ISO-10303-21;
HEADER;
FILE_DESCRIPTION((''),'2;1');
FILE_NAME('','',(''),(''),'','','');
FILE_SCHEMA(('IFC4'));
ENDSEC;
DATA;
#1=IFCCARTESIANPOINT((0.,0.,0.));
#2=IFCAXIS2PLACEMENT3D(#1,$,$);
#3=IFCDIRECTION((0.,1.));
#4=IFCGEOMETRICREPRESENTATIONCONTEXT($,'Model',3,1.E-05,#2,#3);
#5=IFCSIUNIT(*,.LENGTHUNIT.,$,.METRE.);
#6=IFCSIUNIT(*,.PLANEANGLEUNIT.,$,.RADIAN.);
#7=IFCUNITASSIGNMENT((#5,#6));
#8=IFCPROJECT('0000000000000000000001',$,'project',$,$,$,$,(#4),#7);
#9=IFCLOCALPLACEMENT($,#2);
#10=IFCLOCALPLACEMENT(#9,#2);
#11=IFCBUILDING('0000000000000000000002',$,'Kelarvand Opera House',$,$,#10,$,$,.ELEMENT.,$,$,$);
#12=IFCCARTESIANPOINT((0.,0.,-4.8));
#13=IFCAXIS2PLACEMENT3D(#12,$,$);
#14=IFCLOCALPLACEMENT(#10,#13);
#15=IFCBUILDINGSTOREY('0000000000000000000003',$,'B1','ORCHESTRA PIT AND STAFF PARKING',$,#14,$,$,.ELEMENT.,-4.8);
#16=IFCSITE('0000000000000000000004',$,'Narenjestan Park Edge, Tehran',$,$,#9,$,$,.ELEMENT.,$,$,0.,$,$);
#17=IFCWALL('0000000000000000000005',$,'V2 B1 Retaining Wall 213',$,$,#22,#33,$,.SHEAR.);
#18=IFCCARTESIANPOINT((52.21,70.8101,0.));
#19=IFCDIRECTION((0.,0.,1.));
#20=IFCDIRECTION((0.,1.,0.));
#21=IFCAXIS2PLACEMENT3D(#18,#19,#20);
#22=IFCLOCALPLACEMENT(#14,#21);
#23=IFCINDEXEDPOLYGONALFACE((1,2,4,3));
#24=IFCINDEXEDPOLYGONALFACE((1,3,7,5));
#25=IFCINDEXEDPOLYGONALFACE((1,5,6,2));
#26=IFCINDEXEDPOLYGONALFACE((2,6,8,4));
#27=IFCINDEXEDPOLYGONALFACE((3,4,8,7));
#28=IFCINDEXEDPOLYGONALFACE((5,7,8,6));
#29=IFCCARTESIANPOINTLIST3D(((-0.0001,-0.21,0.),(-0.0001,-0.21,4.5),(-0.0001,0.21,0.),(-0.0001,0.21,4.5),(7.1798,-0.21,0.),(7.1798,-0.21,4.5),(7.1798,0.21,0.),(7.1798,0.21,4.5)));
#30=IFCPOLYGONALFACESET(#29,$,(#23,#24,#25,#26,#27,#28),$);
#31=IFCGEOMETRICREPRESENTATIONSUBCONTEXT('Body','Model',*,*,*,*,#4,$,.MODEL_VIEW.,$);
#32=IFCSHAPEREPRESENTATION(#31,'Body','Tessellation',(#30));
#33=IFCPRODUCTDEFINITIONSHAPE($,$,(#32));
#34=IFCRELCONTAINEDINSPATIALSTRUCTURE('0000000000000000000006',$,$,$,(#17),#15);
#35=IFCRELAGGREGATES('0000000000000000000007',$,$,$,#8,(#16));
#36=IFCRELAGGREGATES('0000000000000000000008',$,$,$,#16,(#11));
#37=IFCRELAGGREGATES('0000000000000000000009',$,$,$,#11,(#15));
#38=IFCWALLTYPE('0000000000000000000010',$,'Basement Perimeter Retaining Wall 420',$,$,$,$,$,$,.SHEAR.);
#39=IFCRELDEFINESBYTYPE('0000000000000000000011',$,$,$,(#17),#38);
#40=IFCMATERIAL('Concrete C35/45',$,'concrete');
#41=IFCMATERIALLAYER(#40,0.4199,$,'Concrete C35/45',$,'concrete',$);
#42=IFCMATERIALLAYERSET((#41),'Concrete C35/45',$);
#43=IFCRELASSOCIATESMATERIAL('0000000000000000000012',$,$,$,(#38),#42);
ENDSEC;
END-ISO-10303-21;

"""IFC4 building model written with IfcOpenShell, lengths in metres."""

from ifc_helpers import new_model, si_unit, direction, frame, frame_2d, origin, place, context, subcontext, project, spatial, rectangle, extrude, material, layer, layer_set, type_object, element, save


model = new_model("IFC4")

# Units and contexts
model_context = context("Model", 3, precision=1e-05, world=origin(), true_north=direction((0.0, 1.0)))
body_context = subcontext(model_context, "Body", "Model", "MODEL_VIEW")
ifc_project = project(units=[si_unit("LENGTHUNIT", "METRE"), si_unit("PLANEANGLEUNIT", "RADIAN")], contexts=[model_context])

# Site, building, storey
site_placement = place(None, origin())
site = spatial("IfcSite", under=ifc_project, at=site_placement, Name="Narenjestan Park Edge, Tehran", CompositionType="ELEMENT", RefElevation=0.0)
building_placement = place(site_placement, origin())
building = spatial("IfcBuilding", under=site, at=building_placement, Name="Kelarvand Opera House", CompositionType="ELEMENT")
storey_placement = place(building_placement, frame((0.0, 0.0, -4.8)))
storey = spatial("IfcBuildingStorey", under=building, at=storey_placement, Name="B1", Description="ORCHESTRA PIT AND STAFF PARKING", CompositionType="ELEMENT", Elevation=-4.8)

# Shared definitions
ifc_material_1 = material(Name="Concrete C35/45", Category="concrete")

# Wall
ifc_layer_1 = layer(ifc_material_1, 0.4199, Name="Concrete C35/45", Category="concrete")
ifc_layer_set_1 = layer_set([ifc_layer_1], Name="Concrete C35/45")
wall_type_1 = type_object("IfcWallType", Name="Basement Perimeter Retaining Wall 420", PredefinedType="SHEAR", material=ifc_layer_set_1)
wall_1_placement = place(storey_placement, frame((52.21, 70.8101, 0.0), z_axis=(0.0, 0.0, 1.0), x_axis=(0.0, 1.0, 0.0)))
element("IfcWall", 1, at=wall_1_placement, inside=storey, type_object=wall_type_1, Name="V2 B1 Retaining Wall 213", PredefinedType="SHEAR", context=body_context, shape_type="SweptSolid", body=[
    extrude(rectangle(XDim=7.1799, YDim=0.4199, at=frame_2d((3.5898, 0.0))), origin(), (0.0, 0.0, 1.0), 4.5),
])

save(model, "model.ifc")
